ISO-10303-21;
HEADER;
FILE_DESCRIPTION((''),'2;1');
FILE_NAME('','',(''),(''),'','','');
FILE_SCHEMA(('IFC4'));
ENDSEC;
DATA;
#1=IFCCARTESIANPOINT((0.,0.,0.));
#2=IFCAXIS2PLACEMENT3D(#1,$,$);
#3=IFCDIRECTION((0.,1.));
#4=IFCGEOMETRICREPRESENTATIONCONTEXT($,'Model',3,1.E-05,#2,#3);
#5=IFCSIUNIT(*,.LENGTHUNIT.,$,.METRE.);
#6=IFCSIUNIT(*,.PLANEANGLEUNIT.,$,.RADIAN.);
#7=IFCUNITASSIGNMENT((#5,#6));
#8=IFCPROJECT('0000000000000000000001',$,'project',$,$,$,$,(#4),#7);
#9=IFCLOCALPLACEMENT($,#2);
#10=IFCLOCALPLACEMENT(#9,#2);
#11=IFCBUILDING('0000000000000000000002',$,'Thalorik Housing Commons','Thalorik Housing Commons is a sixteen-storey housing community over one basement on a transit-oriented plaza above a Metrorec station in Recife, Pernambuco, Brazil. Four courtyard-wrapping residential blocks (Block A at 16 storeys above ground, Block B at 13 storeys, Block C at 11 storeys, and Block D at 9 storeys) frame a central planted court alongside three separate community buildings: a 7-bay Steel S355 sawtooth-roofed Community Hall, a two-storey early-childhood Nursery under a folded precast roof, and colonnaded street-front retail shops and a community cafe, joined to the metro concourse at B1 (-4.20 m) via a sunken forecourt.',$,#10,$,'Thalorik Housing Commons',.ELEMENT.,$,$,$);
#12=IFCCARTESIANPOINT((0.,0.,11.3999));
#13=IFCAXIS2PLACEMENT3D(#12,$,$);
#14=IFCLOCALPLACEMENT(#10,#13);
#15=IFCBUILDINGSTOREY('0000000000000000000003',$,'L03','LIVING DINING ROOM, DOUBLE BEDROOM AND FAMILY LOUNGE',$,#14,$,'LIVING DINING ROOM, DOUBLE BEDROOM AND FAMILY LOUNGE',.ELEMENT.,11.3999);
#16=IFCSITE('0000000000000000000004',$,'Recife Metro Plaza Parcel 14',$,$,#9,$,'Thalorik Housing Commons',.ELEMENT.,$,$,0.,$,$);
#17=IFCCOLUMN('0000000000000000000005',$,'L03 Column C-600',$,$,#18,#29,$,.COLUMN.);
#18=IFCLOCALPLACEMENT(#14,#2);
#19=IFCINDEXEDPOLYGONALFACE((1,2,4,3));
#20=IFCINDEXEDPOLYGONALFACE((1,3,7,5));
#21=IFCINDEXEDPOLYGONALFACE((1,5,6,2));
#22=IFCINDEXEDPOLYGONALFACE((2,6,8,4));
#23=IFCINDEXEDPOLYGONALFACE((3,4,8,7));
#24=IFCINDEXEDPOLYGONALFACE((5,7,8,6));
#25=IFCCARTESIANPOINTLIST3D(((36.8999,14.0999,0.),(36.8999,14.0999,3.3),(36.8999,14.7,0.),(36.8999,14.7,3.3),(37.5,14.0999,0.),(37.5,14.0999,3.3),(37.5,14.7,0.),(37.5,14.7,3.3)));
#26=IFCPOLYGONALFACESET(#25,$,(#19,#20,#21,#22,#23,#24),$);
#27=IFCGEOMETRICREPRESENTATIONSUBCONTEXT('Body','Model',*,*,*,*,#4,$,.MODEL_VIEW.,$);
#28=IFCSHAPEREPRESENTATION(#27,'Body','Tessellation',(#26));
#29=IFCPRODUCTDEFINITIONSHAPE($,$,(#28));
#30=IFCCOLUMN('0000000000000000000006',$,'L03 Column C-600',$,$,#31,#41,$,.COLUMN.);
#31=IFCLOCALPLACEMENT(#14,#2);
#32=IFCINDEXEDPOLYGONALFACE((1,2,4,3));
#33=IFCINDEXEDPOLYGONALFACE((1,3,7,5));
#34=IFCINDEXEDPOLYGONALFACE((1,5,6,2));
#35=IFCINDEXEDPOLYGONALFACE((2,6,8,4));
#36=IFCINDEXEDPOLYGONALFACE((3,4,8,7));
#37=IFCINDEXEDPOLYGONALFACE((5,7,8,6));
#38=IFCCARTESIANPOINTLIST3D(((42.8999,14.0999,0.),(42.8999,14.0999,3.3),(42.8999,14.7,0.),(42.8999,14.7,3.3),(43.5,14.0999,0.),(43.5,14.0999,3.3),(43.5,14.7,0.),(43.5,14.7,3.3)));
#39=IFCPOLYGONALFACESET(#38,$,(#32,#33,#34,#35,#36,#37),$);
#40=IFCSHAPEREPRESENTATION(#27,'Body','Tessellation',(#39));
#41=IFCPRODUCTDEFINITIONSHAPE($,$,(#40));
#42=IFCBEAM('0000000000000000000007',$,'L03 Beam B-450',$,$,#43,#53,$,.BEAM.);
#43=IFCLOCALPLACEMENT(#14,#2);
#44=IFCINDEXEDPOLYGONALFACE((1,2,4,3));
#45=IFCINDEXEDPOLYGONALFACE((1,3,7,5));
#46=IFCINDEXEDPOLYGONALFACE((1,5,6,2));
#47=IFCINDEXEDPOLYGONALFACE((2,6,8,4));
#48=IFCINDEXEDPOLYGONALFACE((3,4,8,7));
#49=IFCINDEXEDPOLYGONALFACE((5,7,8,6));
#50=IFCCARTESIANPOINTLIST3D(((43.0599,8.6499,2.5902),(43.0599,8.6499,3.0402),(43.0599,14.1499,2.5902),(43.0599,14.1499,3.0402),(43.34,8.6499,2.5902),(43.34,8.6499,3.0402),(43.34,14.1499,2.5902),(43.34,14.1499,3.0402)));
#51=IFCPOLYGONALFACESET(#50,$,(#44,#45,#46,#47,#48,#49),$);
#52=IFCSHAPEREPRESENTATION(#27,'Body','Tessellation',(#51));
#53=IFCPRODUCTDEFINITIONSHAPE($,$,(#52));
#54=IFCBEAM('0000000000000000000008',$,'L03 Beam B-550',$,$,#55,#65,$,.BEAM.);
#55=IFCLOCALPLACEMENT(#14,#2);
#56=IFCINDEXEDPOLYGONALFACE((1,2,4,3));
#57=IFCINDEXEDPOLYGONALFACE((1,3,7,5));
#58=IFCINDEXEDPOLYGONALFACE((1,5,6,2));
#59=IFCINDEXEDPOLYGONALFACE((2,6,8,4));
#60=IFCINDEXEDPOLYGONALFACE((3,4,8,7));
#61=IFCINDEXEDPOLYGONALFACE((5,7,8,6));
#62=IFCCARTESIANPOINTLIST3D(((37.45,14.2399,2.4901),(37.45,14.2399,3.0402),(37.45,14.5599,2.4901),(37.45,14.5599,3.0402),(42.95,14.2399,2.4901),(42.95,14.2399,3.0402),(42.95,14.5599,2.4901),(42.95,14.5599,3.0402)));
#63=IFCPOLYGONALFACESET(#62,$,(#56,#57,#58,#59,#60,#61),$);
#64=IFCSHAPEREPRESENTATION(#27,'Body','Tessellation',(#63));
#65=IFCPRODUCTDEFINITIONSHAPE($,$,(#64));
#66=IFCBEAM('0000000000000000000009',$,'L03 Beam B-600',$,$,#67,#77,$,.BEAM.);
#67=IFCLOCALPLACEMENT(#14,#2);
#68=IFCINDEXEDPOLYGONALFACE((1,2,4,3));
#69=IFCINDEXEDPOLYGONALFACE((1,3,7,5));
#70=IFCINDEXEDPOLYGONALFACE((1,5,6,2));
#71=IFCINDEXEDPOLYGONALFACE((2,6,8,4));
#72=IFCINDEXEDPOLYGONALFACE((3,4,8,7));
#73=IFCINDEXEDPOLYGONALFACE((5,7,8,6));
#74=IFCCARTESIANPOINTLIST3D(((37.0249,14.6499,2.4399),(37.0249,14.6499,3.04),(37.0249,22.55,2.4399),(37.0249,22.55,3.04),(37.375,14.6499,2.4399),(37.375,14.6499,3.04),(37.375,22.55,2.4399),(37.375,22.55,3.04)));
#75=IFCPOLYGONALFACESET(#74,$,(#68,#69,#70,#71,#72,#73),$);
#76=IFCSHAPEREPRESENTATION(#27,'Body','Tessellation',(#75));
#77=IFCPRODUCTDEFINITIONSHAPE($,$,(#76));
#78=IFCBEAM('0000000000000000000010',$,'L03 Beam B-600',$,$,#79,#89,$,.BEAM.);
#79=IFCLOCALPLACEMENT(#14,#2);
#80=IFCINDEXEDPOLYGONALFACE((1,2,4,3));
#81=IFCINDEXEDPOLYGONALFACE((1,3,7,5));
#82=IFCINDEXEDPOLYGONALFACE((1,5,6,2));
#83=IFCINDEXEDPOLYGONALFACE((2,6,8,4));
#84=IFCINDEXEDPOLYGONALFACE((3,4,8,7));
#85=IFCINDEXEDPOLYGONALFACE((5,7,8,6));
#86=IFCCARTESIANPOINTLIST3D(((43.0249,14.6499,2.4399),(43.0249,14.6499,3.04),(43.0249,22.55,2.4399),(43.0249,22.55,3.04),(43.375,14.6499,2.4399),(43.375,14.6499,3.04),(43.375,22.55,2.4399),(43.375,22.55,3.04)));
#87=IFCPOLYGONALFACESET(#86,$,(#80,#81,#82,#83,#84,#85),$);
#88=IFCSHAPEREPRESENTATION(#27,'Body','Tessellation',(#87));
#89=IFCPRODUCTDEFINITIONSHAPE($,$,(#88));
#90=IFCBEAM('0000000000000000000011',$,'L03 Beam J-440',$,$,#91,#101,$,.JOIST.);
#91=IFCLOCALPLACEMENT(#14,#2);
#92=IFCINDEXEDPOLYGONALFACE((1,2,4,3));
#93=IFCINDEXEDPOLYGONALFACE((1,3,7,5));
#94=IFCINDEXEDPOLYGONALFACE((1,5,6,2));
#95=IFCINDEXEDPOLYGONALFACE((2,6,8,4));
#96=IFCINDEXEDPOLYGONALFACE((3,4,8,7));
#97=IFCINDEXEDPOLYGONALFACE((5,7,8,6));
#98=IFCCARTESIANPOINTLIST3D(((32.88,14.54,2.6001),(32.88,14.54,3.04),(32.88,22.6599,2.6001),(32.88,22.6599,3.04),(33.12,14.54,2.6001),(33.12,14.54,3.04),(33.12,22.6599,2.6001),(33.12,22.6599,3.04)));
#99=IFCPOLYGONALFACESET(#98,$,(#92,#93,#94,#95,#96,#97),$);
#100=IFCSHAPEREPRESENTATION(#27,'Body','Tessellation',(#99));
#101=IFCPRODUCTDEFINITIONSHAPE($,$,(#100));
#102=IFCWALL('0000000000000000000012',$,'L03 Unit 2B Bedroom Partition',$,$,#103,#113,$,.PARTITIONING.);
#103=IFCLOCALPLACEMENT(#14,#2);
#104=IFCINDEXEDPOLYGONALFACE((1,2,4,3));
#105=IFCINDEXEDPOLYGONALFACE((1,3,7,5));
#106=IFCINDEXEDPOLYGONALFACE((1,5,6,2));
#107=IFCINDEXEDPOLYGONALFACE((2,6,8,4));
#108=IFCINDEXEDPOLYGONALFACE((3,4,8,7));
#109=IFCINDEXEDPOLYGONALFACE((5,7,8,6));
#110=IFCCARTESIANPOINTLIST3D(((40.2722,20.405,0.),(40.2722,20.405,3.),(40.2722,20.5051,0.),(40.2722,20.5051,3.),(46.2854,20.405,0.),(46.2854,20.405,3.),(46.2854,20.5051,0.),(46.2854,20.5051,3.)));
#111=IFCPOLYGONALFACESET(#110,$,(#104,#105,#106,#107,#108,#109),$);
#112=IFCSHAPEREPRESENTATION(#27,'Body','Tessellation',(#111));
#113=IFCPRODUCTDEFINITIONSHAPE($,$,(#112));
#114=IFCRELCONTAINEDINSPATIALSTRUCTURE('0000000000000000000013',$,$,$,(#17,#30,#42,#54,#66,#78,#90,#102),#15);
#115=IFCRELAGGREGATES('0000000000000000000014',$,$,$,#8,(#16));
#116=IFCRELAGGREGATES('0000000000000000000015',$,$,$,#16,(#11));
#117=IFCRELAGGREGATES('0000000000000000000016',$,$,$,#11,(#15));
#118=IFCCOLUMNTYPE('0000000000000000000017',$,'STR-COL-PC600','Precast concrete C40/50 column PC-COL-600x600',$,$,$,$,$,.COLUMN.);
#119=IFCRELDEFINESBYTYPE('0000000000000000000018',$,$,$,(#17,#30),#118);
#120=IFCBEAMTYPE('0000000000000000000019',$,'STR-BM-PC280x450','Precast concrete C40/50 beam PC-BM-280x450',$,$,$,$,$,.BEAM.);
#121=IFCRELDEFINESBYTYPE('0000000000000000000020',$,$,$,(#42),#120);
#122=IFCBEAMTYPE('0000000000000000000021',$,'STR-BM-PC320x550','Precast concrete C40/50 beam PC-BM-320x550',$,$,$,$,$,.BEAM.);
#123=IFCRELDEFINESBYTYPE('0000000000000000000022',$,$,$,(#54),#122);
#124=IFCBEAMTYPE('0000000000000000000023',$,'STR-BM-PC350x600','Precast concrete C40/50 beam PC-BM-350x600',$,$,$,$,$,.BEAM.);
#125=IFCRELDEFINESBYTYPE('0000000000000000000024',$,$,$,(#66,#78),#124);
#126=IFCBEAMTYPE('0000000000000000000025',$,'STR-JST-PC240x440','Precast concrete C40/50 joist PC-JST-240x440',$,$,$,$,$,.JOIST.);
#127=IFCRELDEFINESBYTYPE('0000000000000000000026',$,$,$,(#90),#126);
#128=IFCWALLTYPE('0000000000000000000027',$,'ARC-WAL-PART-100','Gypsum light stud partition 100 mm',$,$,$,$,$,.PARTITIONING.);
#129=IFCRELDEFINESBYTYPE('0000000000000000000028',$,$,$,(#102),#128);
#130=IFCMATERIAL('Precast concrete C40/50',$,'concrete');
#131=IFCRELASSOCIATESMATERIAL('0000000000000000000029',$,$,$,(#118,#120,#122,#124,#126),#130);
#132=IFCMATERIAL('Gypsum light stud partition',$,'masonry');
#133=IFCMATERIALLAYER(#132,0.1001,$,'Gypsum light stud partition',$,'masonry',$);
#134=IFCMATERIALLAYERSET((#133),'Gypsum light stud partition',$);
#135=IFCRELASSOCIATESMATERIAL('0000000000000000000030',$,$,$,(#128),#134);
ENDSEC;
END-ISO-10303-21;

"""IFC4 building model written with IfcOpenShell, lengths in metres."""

from ifc_helpers import new_model, si_unit, direction, frame, frame_2d, origin, origin_2d, place, context, subcontext, project, spatial, rectangle, extrude, material, layer, layer_set, material_profile, profile_set, type_object, element, save


model = new_model("IFC4")

# Units and contexts
model_context = context("Model", 3, precision=1e-05, world=origin(), true_north=direction((0.0, 1.0)))
body_context = subcontext(model_context, "Body", "Model", "MODEL_VIEW")
ifc_project = project(units=[si_unit("LENGTHUNIT", "METRE"), si_unit("PLANEANGLEUNIT", "RADIAN")], contexts=[model_context])

# Site, building, storey
site_placement = place(None, origin())
site = spatial("IfcSite", under=ifc_project, at=site_placement, Name="Recife Metro Plaza Parcel 14", LongName="Thalorik Housing Commons", CompositionType="ELEMENT", RefElevation=0.0)
building_placement = place(site_placement, origin())
building = spatial("IfcBuilding", under=site, at=building_placement, Name="Thalorik Housing Commons", Description="Thalorik Housing Commons is a sixteen-storey housing community over one basement on a transit-oriented plaza above a Metrorec station in Recife, Pernambuco, Brazil. Four courtyard-wrapping residential blocks (Block A at 16 storeys above ground, Block B at 13 storeys, Block C at 11 storeys, and Block D at 9 storeys) frame a central planted court alongside three separate community buildings: a 7-bay Steel S355 sawtooth-roofed Community Hall, a two-storey early-childhood Nursery under a folded precast roof, and colonnaded street-front retail shops and a community cafe, joined to the metro concourse at B1 (-4.20 m) via a sunken forecourt.", LongName="Thalorik Housing Commons", CompositionType="ELEMENT")
storey_placement = place(building_placement, frame((0.0, 0.0, 11.3999)))
storey = spatial("IfcBuildingStorey", under=building, at=storey_placement, Name="L03", Description="LIVING DINING ROOM, DOUBLE BEDROOM AND FAMILY LOUNGE", LongName="LIVING DINING ROOM, DOUBLE BEDROOM AND FAMILY LOUNGE", CompositionType="ELEMENT", Elevation=11.3999)

# Columns
ifc_material_1 = material(Name="Precast concrete C40/50", Category="concrete")
ifc_material_profile_1 = material_profile(ifc_material_1, rectangle(XDim=0.6001, YDim=0.6001, at=origin_2d()), Name="PC 600x600", Category="concrete")
ifc_profile_set_1 = profile_set([ifc_material_profile_1], Name="Precast concrete C40/50")
column_type = type_object("IfcColumnType", Name="STR-COL-PC600", Description="Precast concrete C40/50 column PC-COL-600x600", PredefinedType="COLUMN", material=ifc_profile_set_1)
for number, where, z_axis, x_axis, name in (
    (1, (37.2, 14.3999, 0.0), (0.0, 0.0, 1.0), (1.0, 0.0, 0.0), "L03 Column C-600"),
    (2, (43.2, 14.3999, 0.0), (0.0, 0.0, 1.0), (1.0, 0.0, 0.0), "L03 Column C-600"),
):
    element("IfcColumn", number, at=place(storey_placement, frame(where, z_axis=z_axis, x_axis=x_axis)), inside=storey, type_object=column_type, Name=name, PredefinedType="COLUMN", context=body_context, shape_type="SweptSolid", body=[
        extrude(rectangle(XDim=0.6001, YDim=0.6001, at=origin_2d()), origin(), (0.0, 0.0, 1.0), 3.3),
    ])

# Beams
ifc_material_profile_2 = material_profile(ifc_material_1, rectangle(XDim=0.28, YDim=0.45, at=origin_2d()), Name="PC 280x450", Category="concrete")
ifc_profile_set_2 = profile_set([ifc_material_profile_2], Name="Precast concrete C40/50")
beam_type_1 = type_object("IfcBeamType", Name="STR-BM-PC280x450", Description="Precast concrete C40/50 beam PC-BM-280x450", PredefinedType="BEAM", material=ifc_profile_set_2)
beam_1_placement = place(storey_placement, frame((43.2, 8.6499, 2.8152), z_axis=(0.0, 1.0, 0.0), x_axis=(-1.0, 0.0, 0.0)))
element("IfcBeam", 3, at=beam_1_placement, inside=storey, type_object=beam_type_1, Name="L03 Beam B-450", PredefinedType="BEAM", context=body_context, shape_type="SweptSolid", body=[
    extrude(rectangle(XDim=0.28, YDim=0.45, at=origin_2d()), origin(), (0.0, 0.0, 1.0), 5.5),
])
ifc_material_profile_3 = material_profile(ifc_material_1, rectangle(XDim=0.3201, YDim=0.55, at=origin_2d()), Name="PC 320x550", Category="concrete")
ifc_profile_set_3 = profile_set([ifc_material_profile_3], Name="Precast concrete C40/50")
beam_type_2 = type_object("IfcBeamType", Name="STR-BM-PC320x550", Description="Precast concrete C40/50 beam PC-BM-320x550", PredefinedType="BEAM", material=ifc_profile_set_3)
beam_2_placement = place(storey_placement, frame((37.45, 14.3999, 2.7651), z_axis=(1.0, 0.0, 0.0), x_axis=(0.0, 1.0, 0.0)))
element("IfcBeam", 4, at=beam_2_placement, inside=storey, type_object=beam_type_2, Name="L03 Beam B-550", PredefinedType="BEAM", context=body_context, shape_type="SweptSolid", body=[
    extrude(rectangle(XDim=0.3201, YDim=0.55, at=origin_2d()), origin(), (0.0, 0.0, 1.0), 5.5),
])
ifc_material_profile_4 = material_profile(ifc_material_1, rectangle(XDim=0.3501, YDim=0.6001, at=origin_2d()), Name="PC 350x600", Category="concrete")
ifc_profile_set_4 = profile_set([ifc_material_profile_4], Name="Precast concrete C40/50")
beam_type_3 = type_object("IfcBeamType", Name="STR-BM-PC350x600", Description="Precast concrete C40/50 beam PC-BM-350x600", PredefinedType="BEAM", material=ifc_profile_set_4)
for number, where, z_axis, x_axis, name in (
    (5, (37.2, 14.6499, 2.74), (0.0, 1.0, 0.0), (-1.0, 0.0, 0.0), "L03 Beam B-600"),
    (6, (43.2, 14.6499, 2.74), (0.0, 1.0, 0.0), (-1.0, 0.0, 0.0), "L03 Beam B-600"),
):
    element("IfcBeam", number, at=place(storey_placement, frame(where, z_axis=z_axis, x_axis=x_axis)), inside=storey, type_object=beam_type_3, Name=name, PredefinedType="BEAM", context=body_context, shape_type="SweptSolid", body=[
        extrude(rectangle(XDim=0.3501, YDim=0.6001, at=origin_2d()), origin(), (0.0, 0.0, 1.0), 7.9001),
    ])
ifc_material_profile_5 = material_profile(ifc_material_1, rectangle(XDim=0.24, YDim=0.4399, at=origin_2d()), Name="PC JST 240x440", Category="concrete")
ifc_profile_set_5 = profile_set([ifc_material_profile_5], Name="Precast concrete C40/50")
beam_type_4 = type_object("IfcBeamType", Name="STR-JST-PC240x440", Description="Precast concrete C40/50 joist PC-JST-240x440", PredefinedType="JOIST", material=ifc_profile_set_5)
beam_3_placement = place(storey_placement, frame((33.0, 14.54, 2.8201), z_axis=(0.0, 1.0, 0.0), x_axis=(-1.0, 0.0, 0.0)))
element("IfcBeam", 7, at=beam_3_placement, inside=storey, type_object=beam_type_4, Name="L03 Beam J-440", PredefinedType="JOIST", context=body_context, shape_type="SweptSolid", body=[
    extrude(rectangle(XDim=0.24, YDim=0.4399, at=origin_2d()), origin(), (0.0, 0.0, 1.0), 8.1199),
])

# Wall
ifc_material_2 = material(Name="Gypsum light stud partition", Category="masonry")
ifc_layer_1 = layer(ifc_material_2, 0.1001, Name="Gypsum light stud partition", Category="masonry")
ifc_layer_set_1 = layer_set([ifc_layer_1], Name="Gypsum light stud partition")
wall_type_1 = type_object("IfcWallType", Name="ARC-WAL-PART-100", Description="Gypsum light stud partition 100 mm", PredefinedType="PARTITIONING", material=ifc_layer_set_1)
wall_1_placement = place(storey_placement, frame((40.2722, 20.4551, 0.0), z_axis=(0.0, 0.0, 1.0), x_axis=(1.0, 0.0, 0.0)))
element("IfcWall", 8, at=wall_1_placement, inside=storey, type_object=wall_type_1, Name="L03 Unit 2B Bedroom Partition", PredefinedType="PARTITIONING", context=body_context, shape_type="SweptSolid", body=[
    extrude(rectangle(XDim=6.0132, YDim=0.1001, at=frame_2d((3.0066, 0.0))), origin(), (0.0, 0.0, 1.0), 3.0),
])

save(model, "model.ifc")
